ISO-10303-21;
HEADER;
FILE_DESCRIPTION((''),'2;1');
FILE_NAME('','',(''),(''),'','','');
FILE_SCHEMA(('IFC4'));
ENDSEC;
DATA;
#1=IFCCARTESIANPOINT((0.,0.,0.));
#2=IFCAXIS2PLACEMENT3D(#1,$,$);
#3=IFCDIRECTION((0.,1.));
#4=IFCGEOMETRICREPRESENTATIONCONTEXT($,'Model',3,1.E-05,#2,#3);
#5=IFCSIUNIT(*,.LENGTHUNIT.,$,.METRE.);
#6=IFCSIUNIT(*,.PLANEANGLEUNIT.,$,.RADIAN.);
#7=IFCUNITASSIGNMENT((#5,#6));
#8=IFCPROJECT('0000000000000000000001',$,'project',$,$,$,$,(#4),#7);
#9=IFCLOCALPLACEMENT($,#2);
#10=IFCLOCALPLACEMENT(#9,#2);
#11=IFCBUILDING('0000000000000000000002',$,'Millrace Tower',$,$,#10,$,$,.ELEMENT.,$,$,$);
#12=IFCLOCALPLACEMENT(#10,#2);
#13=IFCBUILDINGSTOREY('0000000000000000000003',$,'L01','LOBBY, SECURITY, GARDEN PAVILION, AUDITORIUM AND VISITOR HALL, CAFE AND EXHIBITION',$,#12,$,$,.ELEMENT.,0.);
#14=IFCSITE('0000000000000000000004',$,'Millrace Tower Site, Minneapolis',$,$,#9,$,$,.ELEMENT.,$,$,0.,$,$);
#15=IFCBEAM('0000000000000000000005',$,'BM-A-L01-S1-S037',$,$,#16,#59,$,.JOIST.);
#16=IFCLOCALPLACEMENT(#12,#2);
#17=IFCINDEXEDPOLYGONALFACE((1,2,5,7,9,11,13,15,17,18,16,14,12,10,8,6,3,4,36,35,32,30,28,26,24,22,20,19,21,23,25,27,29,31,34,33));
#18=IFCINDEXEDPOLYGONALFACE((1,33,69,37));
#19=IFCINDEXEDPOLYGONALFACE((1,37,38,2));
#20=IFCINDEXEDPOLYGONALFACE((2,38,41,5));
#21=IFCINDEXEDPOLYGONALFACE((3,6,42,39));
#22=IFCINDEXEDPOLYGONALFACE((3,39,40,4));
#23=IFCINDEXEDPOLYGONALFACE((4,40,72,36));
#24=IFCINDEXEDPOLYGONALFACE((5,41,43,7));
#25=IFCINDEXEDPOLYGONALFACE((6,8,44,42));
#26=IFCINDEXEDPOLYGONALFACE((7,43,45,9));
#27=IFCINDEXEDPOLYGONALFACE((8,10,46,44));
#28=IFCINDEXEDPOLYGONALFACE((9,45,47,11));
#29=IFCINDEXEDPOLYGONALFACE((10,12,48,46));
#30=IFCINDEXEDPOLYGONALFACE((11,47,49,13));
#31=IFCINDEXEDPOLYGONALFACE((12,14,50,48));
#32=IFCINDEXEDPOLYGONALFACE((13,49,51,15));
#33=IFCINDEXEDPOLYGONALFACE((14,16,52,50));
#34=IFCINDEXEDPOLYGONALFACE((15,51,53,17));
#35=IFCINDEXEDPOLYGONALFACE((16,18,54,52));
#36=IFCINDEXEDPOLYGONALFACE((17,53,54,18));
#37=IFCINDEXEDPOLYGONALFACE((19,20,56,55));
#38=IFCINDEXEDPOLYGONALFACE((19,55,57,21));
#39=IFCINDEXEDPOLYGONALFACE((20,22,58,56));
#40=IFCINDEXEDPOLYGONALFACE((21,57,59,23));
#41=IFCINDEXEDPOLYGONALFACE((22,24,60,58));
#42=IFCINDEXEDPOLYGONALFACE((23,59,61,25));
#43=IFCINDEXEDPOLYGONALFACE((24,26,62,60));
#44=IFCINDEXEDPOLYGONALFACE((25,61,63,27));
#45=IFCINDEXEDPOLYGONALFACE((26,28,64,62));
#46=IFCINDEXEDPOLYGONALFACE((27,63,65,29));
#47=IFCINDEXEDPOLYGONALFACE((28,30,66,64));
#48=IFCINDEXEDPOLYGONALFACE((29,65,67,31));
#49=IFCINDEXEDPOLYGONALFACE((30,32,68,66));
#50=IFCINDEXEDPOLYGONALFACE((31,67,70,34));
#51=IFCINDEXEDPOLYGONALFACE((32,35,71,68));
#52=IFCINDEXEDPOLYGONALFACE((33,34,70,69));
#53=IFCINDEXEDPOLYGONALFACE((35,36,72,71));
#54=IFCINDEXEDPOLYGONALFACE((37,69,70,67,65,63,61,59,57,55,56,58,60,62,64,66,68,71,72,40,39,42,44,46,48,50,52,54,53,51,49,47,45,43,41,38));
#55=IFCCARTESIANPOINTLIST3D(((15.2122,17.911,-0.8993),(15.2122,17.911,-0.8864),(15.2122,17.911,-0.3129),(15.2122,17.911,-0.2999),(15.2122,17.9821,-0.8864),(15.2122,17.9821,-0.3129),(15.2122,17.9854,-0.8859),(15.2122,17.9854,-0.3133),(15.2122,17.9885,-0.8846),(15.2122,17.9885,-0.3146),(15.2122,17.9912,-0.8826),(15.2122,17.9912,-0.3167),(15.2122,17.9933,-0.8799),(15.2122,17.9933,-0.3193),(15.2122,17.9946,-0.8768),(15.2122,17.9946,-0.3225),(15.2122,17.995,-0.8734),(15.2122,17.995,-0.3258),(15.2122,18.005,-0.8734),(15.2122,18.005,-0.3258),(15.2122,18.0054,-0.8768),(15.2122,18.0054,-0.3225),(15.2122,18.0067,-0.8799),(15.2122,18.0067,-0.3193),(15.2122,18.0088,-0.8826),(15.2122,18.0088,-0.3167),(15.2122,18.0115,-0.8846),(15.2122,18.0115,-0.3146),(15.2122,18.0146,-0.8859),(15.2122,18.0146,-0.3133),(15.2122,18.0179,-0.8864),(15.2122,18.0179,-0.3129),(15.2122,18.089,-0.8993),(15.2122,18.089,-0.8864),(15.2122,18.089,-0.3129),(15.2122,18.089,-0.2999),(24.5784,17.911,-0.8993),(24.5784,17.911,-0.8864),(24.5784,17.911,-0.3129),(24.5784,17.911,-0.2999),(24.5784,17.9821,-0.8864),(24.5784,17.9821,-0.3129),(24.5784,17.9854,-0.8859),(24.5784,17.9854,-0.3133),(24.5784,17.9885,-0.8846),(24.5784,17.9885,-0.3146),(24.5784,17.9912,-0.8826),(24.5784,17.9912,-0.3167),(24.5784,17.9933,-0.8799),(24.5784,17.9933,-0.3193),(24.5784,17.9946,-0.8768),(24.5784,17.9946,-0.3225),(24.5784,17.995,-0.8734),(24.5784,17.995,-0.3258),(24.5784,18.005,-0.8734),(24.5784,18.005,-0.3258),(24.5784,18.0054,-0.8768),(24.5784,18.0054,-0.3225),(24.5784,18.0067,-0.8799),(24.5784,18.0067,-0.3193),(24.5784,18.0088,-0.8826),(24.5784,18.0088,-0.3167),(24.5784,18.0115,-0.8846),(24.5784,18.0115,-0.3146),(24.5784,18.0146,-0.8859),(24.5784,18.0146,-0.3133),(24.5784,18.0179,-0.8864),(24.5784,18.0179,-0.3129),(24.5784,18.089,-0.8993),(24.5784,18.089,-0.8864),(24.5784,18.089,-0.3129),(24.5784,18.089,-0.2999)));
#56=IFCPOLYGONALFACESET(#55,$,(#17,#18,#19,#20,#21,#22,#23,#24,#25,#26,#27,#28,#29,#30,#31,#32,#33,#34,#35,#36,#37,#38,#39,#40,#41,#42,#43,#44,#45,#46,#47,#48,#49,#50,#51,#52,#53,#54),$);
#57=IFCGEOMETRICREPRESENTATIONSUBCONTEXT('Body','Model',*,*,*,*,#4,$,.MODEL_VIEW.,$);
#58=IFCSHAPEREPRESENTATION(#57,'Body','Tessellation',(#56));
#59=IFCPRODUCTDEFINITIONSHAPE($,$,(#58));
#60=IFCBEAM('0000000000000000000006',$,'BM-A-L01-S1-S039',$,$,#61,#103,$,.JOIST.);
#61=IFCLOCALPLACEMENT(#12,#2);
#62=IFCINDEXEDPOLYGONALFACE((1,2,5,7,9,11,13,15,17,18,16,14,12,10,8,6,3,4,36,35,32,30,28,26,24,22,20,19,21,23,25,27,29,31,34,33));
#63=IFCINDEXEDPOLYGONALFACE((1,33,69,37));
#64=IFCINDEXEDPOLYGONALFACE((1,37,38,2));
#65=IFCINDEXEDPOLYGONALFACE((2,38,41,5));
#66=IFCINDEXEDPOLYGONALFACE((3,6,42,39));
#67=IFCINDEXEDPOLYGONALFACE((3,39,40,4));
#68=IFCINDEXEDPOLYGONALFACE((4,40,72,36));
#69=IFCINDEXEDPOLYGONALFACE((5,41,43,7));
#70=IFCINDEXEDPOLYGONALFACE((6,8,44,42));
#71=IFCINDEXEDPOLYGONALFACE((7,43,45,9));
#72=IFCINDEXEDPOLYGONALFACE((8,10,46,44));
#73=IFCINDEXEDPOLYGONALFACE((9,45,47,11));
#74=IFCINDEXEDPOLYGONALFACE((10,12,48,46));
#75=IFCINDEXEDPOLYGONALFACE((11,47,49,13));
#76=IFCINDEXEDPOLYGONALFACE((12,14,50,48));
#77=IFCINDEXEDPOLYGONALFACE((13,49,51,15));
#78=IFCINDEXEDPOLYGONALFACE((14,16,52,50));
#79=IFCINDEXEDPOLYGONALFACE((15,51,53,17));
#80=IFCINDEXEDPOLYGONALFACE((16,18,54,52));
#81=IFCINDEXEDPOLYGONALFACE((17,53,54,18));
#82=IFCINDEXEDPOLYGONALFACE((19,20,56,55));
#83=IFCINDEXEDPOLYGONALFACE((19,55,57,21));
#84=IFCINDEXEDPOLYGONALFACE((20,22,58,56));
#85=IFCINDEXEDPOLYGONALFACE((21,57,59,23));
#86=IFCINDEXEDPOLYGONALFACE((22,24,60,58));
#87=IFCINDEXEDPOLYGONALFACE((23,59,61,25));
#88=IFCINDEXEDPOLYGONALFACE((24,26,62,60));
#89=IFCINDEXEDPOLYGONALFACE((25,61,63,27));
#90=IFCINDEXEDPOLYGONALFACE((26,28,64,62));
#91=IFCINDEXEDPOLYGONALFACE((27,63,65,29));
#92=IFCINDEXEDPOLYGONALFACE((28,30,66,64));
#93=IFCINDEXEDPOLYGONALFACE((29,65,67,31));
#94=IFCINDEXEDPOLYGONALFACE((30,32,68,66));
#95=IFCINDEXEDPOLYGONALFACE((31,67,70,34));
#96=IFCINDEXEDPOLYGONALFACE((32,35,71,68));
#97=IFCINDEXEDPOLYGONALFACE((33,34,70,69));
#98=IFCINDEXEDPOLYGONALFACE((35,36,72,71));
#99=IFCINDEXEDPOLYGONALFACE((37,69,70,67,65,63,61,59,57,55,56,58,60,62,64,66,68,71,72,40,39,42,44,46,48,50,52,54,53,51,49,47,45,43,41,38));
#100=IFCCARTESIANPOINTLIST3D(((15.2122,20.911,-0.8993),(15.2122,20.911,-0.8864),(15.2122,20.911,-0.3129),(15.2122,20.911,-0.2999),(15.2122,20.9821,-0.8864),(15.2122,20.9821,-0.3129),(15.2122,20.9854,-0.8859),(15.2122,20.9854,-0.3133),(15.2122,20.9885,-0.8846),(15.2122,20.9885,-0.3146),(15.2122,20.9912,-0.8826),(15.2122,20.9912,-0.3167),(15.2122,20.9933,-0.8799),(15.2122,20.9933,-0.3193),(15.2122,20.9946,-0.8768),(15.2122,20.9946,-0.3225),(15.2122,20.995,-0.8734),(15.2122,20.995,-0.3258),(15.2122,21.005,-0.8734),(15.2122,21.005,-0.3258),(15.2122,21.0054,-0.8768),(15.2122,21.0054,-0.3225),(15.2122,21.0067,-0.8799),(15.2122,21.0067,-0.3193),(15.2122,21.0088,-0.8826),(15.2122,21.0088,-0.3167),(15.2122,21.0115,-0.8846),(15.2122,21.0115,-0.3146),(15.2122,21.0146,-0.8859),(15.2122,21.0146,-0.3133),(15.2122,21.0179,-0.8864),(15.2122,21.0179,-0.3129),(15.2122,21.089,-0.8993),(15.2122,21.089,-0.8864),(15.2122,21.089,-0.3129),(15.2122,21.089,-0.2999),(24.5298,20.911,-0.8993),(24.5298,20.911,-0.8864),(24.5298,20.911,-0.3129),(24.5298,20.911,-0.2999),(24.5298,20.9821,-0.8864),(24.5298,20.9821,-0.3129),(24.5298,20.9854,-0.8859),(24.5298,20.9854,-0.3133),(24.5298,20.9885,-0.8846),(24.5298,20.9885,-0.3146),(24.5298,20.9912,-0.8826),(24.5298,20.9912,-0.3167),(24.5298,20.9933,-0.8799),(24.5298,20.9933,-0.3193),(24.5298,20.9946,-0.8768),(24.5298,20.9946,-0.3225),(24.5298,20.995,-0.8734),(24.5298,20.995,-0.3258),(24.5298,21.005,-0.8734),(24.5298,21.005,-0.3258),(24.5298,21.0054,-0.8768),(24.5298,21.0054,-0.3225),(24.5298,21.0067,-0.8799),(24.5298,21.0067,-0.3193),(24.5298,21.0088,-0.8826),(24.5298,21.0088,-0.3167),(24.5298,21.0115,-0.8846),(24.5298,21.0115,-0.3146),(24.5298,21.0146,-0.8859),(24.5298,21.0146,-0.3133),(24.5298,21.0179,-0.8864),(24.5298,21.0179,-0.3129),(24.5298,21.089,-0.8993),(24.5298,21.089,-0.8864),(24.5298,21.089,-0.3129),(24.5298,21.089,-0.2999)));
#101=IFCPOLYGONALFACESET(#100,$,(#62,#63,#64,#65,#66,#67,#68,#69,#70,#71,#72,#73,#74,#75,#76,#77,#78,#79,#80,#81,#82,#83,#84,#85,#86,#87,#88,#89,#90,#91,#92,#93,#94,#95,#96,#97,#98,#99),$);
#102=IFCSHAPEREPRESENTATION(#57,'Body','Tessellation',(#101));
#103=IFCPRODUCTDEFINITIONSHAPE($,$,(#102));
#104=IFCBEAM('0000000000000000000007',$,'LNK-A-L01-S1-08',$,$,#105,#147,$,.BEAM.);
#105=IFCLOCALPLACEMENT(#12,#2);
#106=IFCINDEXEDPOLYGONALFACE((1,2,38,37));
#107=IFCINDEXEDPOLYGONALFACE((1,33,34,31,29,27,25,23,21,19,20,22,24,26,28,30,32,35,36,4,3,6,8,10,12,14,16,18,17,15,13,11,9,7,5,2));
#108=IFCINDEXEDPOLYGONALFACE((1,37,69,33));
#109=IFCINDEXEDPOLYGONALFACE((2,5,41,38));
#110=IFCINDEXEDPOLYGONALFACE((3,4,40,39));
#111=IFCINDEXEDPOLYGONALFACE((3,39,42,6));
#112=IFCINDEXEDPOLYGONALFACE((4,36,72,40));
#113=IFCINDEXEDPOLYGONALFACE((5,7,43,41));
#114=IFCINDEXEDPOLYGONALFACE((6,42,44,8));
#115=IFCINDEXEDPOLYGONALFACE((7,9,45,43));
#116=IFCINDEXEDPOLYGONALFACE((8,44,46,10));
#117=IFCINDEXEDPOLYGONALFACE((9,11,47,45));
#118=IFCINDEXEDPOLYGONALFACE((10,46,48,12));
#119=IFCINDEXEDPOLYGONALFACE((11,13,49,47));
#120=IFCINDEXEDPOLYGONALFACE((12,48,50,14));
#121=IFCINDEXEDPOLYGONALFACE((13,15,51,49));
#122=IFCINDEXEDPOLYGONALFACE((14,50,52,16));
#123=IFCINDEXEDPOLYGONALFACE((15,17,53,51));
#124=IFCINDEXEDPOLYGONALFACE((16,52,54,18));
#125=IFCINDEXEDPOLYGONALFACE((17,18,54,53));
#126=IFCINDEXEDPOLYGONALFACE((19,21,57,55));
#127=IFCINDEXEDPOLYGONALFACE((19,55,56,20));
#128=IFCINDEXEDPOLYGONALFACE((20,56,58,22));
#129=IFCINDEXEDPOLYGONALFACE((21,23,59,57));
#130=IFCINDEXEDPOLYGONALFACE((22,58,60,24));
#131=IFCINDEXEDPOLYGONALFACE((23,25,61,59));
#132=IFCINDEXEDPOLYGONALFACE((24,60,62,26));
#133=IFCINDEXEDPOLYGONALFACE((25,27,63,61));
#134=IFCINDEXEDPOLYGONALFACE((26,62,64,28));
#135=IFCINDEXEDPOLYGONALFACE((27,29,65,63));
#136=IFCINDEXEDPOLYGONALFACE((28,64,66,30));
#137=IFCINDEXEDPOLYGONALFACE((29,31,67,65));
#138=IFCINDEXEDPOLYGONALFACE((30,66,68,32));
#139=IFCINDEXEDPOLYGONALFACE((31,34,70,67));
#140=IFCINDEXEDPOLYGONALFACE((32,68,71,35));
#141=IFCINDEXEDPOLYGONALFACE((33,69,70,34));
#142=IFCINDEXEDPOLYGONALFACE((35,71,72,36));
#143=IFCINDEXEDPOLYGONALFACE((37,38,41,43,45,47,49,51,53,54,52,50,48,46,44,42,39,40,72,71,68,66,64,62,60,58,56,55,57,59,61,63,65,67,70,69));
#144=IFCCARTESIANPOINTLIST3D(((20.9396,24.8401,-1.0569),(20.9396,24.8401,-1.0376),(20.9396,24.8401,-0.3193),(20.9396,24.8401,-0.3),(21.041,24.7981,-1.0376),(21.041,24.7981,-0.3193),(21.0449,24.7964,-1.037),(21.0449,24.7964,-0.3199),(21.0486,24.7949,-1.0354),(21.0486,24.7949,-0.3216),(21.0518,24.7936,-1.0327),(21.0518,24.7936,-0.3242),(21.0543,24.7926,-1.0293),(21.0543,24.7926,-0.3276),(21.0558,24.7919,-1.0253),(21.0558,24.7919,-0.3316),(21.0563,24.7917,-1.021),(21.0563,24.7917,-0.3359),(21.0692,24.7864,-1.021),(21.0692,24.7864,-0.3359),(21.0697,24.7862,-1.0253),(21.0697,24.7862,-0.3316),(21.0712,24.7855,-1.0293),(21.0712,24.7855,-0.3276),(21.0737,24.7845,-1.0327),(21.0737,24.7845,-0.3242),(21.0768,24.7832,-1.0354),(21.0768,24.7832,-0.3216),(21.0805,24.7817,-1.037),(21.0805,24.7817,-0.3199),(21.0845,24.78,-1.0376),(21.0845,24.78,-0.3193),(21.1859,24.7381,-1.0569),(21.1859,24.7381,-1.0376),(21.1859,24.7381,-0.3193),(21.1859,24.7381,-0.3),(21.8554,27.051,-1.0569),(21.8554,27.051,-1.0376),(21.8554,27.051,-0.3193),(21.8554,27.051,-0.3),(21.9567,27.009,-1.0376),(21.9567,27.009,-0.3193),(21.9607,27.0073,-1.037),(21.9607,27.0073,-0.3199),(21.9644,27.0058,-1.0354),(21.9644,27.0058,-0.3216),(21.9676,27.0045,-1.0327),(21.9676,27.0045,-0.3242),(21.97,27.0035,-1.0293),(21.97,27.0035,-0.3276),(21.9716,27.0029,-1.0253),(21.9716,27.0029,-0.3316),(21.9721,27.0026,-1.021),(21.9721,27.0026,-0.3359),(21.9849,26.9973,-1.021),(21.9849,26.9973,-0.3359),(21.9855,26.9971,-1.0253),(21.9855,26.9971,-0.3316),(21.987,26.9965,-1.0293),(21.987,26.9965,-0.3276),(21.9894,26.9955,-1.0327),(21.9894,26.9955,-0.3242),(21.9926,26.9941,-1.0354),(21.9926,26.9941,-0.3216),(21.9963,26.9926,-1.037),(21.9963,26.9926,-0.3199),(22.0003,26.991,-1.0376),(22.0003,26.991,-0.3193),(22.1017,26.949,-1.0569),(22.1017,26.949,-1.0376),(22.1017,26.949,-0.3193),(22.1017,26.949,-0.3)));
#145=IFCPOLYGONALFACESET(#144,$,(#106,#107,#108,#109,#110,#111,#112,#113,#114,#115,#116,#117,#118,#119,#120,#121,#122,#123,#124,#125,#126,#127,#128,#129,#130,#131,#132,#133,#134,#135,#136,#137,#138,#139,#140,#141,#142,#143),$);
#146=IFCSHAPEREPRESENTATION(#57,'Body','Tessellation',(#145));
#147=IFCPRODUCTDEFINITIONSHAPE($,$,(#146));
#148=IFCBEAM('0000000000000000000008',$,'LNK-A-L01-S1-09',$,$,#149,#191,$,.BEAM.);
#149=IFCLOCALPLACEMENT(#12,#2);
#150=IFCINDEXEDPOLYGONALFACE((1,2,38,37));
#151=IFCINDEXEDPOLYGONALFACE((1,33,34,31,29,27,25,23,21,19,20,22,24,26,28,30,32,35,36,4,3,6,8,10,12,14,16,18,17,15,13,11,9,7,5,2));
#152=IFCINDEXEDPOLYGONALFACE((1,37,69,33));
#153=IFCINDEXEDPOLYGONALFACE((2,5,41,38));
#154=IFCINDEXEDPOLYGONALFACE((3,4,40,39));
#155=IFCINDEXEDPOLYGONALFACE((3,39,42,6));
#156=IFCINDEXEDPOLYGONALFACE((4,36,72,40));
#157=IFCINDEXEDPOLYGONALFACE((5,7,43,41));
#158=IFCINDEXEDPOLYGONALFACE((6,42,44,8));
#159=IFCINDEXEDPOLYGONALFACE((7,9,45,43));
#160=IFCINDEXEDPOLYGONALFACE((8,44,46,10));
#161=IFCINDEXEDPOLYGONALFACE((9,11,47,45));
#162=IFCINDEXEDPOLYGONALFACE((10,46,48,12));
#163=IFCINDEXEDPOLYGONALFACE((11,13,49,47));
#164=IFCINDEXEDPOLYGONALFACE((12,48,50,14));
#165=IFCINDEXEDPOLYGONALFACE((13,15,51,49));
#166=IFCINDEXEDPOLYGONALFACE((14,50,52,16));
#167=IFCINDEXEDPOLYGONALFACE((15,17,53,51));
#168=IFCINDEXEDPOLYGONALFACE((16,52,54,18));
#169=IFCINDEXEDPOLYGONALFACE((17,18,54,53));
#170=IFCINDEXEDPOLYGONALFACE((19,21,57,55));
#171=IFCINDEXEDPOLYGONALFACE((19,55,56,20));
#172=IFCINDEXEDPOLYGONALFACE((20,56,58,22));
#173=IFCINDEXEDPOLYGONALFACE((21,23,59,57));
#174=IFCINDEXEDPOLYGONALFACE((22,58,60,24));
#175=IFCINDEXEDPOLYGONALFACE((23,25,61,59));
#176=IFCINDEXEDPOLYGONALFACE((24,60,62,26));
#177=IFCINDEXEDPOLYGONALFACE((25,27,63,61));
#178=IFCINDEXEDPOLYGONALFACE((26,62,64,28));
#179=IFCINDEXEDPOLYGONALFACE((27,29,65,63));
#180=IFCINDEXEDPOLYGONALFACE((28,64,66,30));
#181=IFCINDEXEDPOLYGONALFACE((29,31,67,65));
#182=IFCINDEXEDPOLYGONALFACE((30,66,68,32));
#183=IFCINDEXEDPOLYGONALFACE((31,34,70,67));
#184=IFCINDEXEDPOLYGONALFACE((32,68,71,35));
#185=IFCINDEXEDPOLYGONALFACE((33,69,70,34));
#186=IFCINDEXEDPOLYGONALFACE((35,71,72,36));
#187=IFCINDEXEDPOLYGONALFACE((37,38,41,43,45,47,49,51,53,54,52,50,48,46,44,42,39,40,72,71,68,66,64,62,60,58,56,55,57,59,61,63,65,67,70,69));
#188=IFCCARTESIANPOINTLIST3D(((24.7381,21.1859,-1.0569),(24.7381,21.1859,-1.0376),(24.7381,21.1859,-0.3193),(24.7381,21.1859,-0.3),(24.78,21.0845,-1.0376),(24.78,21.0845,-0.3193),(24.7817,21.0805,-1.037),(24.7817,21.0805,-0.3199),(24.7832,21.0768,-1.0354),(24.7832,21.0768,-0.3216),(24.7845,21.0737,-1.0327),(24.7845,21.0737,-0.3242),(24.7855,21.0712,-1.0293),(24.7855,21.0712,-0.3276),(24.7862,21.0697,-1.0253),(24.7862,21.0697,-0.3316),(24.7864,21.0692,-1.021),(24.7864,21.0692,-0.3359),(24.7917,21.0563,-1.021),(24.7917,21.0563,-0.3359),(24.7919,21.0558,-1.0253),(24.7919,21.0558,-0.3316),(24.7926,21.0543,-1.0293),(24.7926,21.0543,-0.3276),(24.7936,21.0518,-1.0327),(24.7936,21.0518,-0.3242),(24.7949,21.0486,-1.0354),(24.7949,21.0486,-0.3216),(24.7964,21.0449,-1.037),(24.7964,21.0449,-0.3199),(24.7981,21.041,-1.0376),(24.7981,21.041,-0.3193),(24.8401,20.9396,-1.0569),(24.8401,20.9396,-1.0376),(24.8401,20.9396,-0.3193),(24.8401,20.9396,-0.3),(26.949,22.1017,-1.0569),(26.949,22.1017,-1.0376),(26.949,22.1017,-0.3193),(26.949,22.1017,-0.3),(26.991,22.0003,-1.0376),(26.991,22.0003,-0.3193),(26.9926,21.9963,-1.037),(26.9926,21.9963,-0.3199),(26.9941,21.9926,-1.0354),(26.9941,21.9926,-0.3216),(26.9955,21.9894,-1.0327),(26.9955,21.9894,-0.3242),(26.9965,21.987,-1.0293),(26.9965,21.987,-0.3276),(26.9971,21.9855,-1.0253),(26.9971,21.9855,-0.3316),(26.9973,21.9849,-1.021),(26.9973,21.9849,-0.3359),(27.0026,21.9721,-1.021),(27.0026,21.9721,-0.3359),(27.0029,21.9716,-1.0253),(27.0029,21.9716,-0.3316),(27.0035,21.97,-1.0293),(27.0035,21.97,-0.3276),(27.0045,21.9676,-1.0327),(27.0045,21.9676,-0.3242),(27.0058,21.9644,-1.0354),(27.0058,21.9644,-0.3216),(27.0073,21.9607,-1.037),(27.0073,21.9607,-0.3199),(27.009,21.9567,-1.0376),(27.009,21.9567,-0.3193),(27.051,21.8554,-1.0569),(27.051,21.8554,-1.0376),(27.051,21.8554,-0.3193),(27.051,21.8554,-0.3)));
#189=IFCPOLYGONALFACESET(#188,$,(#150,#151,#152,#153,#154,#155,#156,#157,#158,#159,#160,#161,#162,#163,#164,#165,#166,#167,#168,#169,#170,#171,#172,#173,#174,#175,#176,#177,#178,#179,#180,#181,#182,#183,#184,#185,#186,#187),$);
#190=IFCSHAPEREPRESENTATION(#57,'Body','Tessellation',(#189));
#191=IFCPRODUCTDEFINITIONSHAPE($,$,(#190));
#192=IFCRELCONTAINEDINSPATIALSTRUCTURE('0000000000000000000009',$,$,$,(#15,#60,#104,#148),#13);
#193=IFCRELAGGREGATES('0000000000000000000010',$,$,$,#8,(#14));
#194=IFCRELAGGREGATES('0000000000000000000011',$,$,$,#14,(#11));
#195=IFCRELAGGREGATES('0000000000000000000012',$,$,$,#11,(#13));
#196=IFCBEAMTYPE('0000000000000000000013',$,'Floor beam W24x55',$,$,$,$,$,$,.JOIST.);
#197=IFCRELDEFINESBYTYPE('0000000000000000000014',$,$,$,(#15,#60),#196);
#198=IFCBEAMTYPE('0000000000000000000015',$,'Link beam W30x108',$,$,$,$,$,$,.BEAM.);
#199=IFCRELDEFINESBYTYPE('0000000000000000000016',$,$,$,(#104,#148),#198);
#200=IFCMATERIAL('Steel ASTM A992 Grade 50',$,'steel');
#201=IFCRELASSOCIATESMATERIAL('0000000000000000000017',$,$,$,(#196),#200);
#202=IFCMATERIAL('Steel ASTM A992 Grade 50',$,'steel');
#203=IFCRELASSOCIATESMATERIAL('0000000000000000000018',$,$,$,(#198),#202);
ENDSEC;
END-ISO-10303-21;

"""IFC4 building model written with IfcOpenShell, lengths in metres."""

from ifc_helpers import new_model, si_unit, direction, frame, origin, origin_2d, place, context, subcontext, project, spatial, i_section, extrude, material, material_profile, profile_set, type_object, element, save


model = new_model("IFC4")

# Units and contexts
model_context = context("Model", 3, precision=1e-05, world=origin(), true_north=direction((0.0, 1.0)))
body_context = subcontext(model_context, "Body", "Model", "MODEL_VIEW")
ifc_project = project(units=[si_unit("LENGTHUNIT", "METRE"), si_unit("PLANEANGLEUNIT", "RADIAN")], contexts=[model_context])

# Site, building, storey
site_placement = place(None, origin())
site = spatial("IfcSite", under=ifc_project, at=site_placement, Name="Millrace Tower Site, Minneapolis", CompositionType="ELEMENT", RefElevation=0.0)
building_placement = place(site_placement, origin())
building = spatial("IfcBuilding", under=site, at=building_placement, Name="Millrace Tower", CompositionType="ELEMENT")
storey_placement = place(building_placement, origin())
storey = spatial("IfcBuildingStorey", under=building, at=storey_placement, Name="L01", Description="LOBBY, SECURITY, GARDEN PAVILION, AUDITORIUM AND VISITOR HALL, CAFE AND EXHIBITION", CompositionType="ELEMENT", Elevation=0.0)

# Beams
ifc_material_1 = material(Name="Steel ASTM A992 Grade 50", Category="steel")
ifc_material_profile_1 = material_profile(ifc_material_1, i_section(OverallWidth=0.178, OverallDepth=0.5994, WebThickness=0.01, FlangeThickness=0.0129, FilletRadius=0.0129, at=origin_2d()))
ifc_profile_set_1 = profile_set([ifc_material_profile_1], Name="Steel ASTM A992 Grade 50")
beam_type_1 = type_object("IfcBeamType", Name="Floor beam W24x55", PredefinedType="JOIST", material=ifc_profile_set_1)
beam_1_placement = place(storey_placement, frame((15.2122, 18.0, -0.5996), z_axis=(1.0, 0.0, 0.0), x_axis=(0.0, 1.0, 0.0)))
element("IfcBeam", 1, at=beam_1_placement, inside=storey, type_object=beam_type_1, Name="BM-A-L01-S1-S037", PredefinedType="JOIST", context=body_context, shape_type="SweptSolid", body=[
    extrude(i_section(OverallWidth=0.178, OverallDepth=0.5994, WebThickness=0.01, FlangeThickness=0.0129, FilletRadius=0.0129, at=origin_2d()), origin(), (0.0, 0.0, 1.0), 9.3662),
])
beam_2_placement = place(storey_placement, frame((15.2122, 21.0, -0.5996), z_axis=(1.0, 0.0, 0.0), x_axis=(0.0, 1.0, 0.0)))
element("IfcBeam", 2, at=beam_2_placement, inside=storey, type_object=beam_type_1, Name="BM-A-L01-S1-S039", PredefinedType="JOIST", context=body_context, shape_type="SweptSolid", body=[
    extrude(i_section(OverallWidth=0.178, OverallDepth=0.5994, WebThickness=0.01, FlangeThickness=0.0129, FilletRadius=0.0129, at=origin_2d()), origin(), (0.0, 0.0, 1.0), 9.3176),
])
ifc_material_2 = material(Name="Steel ASTM A992 Grade 50", Category="steel")
ifc_material_profile_2 = material_profile(ifc_material_2, i_section(OverallWidth=0.2666, OverallDepth=0.7568, WebThickness=0.0139, FlangeThickness=0.0193, FilletRadius=0.0166, at=origin_2d()))
ifc_profile_set_2 = profile_set([ifc_material_profile_2], Name="Steel ASTM A992 Grade 50")
beam_type_2 = type_object("IfcBeamType", Name="Link beam W30x108", PredefinedType="BEAM", material=ifc_profile_set_2)
for number, where, z_axis, x_axis, name in (
    (3, (21.0627, 24.7891, -0.6785), (0.382673, 0.923884, 0.0), (-0.923884, 0.382673, 0.0), "LNK-A-L01-S1-08"),
    (4, (24.7891, 21.0627, -0.6785), (0.923884, 0.382673, 0.0), (-0.382673, 0.923884, 0.0), "LNK-A-L01-S1-09"),
):
    element("IfcBeam", number, at=place(storey_placement, frame(where, z_axis=z_axis, x_axis=x_axis)), inside=storey, type_object=beam_type_2, Name=name, PredefinedType="BEAM", context=body_context, shape_type="SweptSolid", body=[
        extrude(i_section(OverallWidth=0.2666, OverallDepth=0.7568, WebThickness=0.0139, FlangeThickness=0.0193, FilletRadius=0.0166, at=origin_2d()), origin(), (0.0, 0.0, 1.0), 2.3931),
    ])

save(model, "model.ifc")
